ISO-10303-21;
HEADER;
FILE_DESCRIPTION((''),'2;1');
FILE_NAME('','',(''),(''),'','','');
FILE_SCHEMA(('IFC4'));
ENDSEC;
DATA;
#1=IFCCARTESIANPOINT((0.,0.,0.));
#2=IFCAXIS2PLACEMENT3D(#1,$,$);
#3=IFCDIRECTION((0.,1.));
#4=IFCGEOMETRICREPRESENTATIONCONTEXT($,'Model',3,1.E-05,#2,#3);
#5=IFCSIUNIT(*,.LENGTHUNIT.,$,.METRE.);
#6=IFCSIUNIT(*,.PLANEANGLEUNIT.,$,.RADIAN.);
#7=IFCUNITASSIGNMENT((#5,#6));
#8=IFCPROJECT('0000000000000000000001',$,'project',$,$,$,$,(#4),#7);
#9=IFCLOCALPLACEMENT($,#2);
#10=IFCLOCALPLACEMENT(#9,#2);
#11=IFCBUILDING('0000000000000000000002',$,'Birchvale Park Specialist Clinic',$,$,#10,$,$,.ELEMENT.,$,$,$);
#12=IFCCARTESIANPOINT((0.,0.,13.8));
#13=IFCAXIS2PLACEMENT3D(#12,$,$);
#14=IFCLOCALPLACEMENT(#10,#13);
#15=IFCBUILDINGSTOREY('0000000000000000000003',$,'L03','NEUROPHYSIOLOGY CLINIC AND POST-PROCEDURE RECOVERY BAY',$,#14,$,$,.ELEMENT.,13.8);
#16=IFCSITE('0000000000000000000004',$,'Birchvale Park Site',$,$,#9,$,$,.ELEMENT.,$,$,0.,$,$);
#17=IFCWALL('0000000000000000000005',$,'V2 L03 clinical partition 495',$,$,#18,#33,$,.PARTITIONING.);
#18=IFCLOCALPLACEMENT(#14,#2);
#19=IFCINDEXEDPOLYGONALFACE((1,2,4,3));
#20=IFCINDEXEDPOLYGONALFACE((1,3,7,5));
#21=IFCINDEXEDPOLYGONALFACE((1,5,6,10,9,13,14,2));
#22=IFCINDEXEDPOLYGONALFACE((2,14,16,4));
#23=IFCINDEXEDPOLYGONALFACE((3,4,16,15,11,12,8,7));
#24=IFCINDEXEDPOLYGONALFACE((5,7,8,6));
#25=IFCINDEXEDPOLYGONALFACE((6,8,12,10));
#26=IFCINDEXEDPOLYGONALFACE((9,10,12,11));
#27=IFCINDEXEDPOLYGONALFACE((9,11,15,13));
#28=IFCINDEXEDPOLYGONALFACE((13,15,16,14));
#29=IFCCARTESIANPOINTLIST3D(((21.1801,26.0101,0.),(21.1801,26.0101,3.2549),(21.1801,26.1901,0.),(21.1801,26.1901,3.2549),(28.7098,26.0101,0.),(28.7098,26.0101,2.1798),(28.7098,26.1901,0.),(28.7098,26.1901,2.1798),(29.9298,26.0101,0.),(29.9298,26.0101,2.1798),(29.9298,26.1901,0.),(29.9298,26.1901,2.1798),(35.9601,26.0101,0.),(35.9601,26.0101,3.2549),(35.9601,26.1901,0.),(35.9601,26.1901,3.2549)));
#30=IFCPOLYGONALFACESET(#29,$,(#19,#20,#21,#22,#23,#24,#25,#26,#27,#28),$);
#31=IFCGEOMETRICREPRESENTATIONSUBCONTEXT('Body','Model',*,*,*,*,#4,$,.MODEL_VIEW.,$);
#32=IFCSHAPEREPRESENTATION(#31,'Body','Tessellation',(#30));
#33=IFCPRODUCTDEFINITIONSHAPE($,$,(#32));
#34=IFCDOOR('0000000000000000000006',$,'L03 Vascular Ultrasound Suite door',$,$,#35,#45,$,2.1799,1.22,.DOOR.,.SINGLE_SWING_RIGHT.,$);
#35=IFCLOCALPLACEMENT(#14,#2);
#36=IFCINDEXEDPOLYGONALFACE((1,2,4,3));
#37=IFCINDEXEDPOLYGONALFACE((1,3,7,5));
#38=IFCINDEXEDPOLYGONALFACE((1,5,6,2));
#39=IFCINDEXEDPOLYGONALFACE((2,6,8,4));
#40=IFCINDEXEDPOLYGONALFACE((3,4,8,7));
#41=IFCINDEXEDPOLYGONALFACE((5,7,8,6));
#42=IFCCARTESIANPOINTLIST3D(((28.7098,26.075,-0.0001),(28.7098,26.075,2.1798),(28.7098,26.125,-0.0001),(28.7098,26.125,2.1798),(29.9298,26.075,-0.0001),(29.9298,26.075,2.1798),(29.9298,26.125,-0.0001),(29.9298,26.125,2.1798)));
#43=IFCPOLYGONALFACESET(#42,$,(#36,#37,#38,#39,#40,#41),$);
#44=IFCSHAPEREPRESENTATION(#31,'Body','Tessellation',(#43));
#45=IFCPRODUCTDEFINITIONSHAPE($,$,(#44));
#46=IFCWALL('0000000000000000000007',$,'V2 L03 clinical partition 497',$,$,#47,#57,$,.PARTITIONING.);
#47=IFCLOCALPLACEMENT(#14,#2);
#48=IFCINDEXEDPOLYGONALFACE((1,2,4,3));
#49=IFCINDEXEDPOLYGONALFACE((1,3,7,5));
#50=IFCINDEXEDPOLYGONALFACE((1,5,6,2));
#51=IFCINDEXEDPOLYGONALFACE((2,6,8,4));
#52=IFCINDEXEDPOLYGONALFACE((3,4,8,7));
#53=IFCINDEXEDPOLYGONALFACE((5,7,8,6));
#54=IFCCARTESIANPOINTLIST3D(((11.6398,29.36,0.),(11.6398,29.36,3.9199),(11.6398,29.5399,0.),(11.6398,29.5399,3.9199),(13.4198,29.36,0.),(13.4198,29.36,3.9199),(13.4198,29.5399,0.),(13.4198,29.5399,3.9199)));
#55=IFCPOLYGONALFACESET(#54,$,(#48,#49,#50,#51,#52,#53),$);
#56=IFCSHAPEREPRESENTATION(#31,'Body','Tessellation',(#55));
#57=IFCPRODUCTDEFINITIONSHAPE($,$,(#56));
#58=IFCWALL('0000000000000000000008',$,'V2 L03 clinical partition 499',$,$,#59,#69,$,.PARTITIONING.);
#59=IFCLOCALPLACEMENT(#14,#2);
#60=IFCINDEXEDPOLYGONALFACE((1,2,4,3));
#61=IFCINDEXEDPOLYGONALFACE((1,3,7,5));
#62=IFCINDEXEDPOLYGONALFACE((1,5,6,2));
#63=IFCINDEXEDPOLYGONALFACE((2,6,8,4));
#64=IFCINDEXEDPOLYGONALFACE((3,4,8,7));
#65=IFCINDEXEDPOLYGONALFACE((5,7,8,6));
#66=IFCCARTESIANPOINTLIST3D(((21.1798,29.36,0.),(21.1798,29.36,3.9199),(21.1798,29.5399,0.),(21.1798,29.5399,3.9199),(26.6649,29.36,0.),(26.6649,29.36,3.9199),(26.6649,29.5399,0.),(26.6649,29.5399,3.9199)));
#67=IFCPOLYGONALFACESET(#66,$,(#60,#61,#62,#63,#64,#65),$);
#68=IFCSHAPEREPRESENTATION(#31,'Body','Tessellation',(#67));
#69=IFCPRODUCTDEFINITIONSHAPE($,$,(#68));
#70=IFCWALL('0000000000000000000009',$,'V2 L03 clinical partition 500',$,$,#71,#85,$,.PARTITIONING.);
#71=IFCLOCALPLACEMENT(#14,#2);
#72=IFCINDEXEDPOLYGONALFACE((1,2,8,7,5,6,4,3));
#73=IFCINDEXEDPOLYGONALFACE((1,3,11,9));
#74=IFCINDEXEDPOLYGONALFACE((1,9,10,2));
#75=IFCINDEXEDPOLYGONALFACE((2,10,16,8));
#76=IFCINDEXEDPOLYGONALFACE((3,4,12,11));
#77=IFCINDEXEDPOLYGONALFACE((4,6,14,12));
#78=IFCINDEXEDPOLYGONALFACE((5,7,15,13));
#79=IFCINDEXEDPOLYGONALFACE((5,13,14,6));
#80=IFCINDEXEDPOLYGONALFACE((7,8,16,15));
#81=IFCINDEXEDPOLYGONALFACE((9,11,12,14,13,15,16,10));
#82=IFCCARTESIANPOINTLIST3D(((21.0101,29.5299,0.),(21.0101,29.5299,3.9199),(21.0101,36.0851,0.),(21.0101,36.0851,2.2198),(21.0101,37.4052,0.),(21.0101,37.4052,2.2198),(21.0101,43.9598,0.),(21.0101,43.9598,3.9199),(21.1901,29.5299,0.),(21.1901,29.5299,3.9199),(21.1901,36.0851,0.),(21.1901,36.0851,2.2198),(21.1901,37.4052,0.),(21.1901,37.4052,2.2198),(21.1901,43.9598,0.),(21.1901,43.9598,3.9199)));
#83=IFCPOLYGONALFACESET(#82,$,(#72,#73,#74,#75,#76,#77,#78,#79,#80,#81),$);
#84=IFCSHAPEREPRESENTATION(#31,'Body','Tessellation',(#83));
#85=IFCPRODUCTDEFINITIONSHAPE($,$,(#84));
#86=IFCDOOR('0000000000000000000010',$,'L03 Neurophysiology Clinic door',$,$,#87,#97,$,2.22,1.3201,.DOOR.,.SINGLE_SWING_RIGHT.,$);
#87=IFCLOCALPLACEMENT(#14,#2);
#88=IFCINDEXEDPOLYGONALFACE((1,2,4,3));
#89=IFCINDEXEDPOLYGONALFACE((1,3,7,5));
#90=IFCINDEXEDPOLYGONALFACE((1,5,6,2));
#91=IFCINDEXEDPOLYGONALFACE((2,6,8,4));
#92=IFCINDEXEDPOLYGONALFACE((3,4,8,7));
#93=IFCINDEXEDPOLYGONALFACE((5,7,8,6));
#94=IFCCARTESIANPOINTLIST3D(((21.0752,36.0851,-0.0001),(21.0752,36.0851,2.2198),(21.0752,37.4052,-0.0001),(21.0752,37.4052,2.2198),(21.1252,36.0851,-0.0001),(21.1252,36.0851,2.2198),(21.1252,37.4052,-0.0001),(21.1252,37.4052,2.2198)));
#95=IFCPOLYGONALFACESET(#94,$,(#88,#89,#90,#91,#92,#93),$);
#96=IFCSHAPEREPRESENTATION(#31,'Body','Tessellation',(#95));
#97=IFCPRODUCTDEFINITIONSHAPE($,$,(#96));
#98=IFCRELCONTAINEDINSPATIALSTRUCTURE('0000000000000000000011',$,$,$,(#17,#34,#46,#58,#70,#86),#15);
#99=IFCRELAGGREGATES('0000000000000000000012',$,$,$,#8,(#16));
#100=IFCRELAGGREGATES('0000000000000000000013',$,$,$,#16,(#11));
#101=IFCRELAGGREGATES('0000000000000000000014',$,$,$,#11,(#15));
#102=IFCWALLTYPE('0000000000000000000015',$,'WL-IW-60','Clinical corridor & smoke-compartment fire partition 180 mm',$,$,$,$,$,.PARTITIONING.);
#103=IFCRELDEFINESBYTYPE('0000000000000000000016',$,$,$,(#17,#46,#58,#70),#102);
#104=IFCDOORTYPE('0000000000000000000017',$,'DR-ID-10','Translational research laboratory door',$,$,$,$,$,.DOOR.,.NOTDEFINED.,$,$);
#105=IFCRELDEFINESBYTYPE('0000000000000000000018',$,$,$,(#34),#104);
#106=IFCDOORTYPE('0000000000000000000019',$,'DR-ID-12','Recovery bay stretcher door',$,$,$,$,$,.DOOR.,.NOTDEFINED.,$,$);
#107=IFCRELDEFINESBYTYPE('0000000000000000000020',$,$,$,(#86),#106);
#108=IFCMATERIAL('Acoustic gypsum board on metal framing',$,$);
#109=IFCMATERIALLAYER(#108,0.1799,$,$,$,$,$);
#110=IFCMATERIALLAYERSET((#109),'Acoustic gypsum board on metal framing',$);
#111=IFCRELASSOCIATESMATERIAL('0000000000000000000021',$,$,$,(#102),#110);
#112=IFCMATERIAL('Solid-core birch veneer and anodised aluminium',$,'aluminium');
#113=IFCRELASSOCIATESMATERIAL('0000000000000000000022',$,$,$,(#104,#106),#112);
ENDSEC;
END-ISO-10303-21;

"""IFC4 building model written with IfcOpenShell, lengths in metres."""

from ifc_helpers import new_model, si_unit, direction, frame, frame_2d, origin, place, context, subcontext, project, spatial, rectangle, extrude, material, layer, layer_set, type_object, element, fill, save


model = new_model("IFC4")

# Units and contexts
model_context = context("Model", 3, precision=1e-05, world=origin(), true_north=direction((0.0, 1.0)))
body_context = subcontext(model_context, "Body", "Model", "MODEL_VIEW")
ifc_project = project(units=[si_unit("LENGTHUNIT", "METRE"), si_unit("PLANEANGLEUNIT", "RADIAN")], contexts=[model_context])

# Site, building, storey
site_placement = place(None, origin())
site = spatial("IfcSite", under=ifc_project, at=site_placement, Name="Birchvale Park Site", CompositionType="ELEMENT", RefElevation=0.0)
building_placement = place(site_placement, origin())
building = spatial("IfcBuilding", under=site, at=building_placement, Name="Birchvale Park Specialist Clinic", CompositionType="ELEMENT")
storey_placement = place(building_placement, frame((0.0, 0.0, 13.8)))
storey = spatial("IfcBuildingStorey", under=building, at=storey_placement, Name="L03", Description="NEUROPHYSIOLOGY CLINIC AND POST-PROCEDURE RECOVERY BAY", CompositionType="ELEMENT", Elevation=13.8)

# Shared definitions
ifc_material_1 = material(Name="Solid-core birch veneer and anodised aluminium", Category="aluminium")

# Shared definitions
ifc_material_2 = material(Name="Acoustic gypsum board on metal framing")
ifc_layer_1 = layer(ifc_material_2, 0.1799)
ifc_layer_set_1 = layer_set([ifc_layer_1], Name="Acoustic gypsum board on metal framing")
wall_type_1 = type_object("IfcWallType", Name="WL-IW-60", Description="Clinical corridor & smoke-compartment fire partition 180 mm", PredefinedType="PARTITIONING", material=ifc_layer_set_1)

# Wall, opening, door
wall_1_placement = place(storey_placement, frame((21.1799, 26.1001, 0.0), z_axis=(0.0, 0.0, 1.0), x_axis=(1.0, 0.0, 0.0)))
wall_1 = element("IfcWall", 1, at=wall_1_placement, inside=storey, type_object=wall_type_1, Name="V2 L03 clinical partition 495", PredefinedType="PARTITIONING", context=body_context, shape_type="SweptSolid", body=[
    extrude(rectangle(XDim=14.78, YDim=0.1799, at=frame_2d((7.3901, 0.0))), origin(), (0.0, 0.0, 1.0), 3.2549),
])
opening_1_placement = place(wall_1_placement, frame((7.53, 0.0, 0.0)))
opening_1 = element("IfcOpeningElement", 2, at=opening_1_placement, cuts=wall_1, PredefinedType="OPENING", context=body_context, shape_type="SweptSolid", body=[
    extrude(rectangle(XDim=1.22, YDim=2.1799, at=frame_2d((0.6099, 1.0898))), frame((0.0, 0.1001, 0.0), z_axis=(0.0, -1.0, 0.0), x_axis=(1.0, 0.0, 0.0)), (0.0, 0.0, 1.0), 0.2),
])
door_type_1 = type_object("IfcDoorType", Name="DR-ID-10", Description="Translational research laboratory door", OperationType="NOTDEFINED", PredefinedType="DOOR", material=ifc_material_1)
door_1_placement = place(opening_1_placement, origin())
door_1 = element("IfcDoor", 3, at=door_1_placement, inside=storey, type_object=door_type_1, Name="L03 Vascular Ultrasound Suite door", OperationType="SINGLE_SWING_RIGHT", OverallHeight=2.1799, OverallWidth=1.22, PredefinedType="DOOR", context=body_context, shape_type="SweptSolid", body=[
    extrude(rectangle(XDim=1.22, YDim=2.1799, at=frame_2d((0.6099, 1.0898))), frame((0.0, 0.0249, 0.0), z_axis=(0.0, -1.0, 0.0), x_axis=(1.0, 0.0, 0.0)), (0.0, 0.0, 1.0), 0.05),
])
fill(opening_1, door_1)

# Walls
wall_2_placement = place(storey_placement, frame((13.4199, 29.45, 0.0), z_axis=(0.0, 0.0, 1.0), x_axis=(-1.0, 0.0, 0.0)))
element("IfcWall", 4, at=wall_2_placement, inside=storey, type_object=wall_type_1, Name="V2 L03 clinical partition 497", PredefinedType="PARTITIONING", context=body_context, shape_type="SweptSolid", body=[
    extrude(rectangle(XDim=1.78, YDim=0.1799, at=frame_2d((0.8901, 0.0))), origin(), (0.0, 0.0, 1.0), 3.9199),
])
wall_3_placement = place(storey_placement, frame((26.665, 29.45, 0.0), z_axis=(0.0, 0.0, 1.0), x_axis=(-1.0, 0.0, 0.0)))
element("IfcWall", 5, at=wall_3_placement, inside=storey, type_object=wall_type_1, Name="V2 L03 clinical partition 499", PredefinedType="PARTITIONING", context=body_context, shape_type="SweptSolid", body=[
    extrude(rectangle(XDim=5.4851, YDim=0.1799, at=frame_2d((2.7427, 0.0))), origin(), (0.0, 0.0, 1.0), 3.9199),
])

# Wall, opening, door
wall_4_placement = place(storey_placement, frame((21.1001, 29.53, 0.0), z_axis=(0.0, 0.0, 1.0), x_axis=(0.0, 1.0, 0.0)))
wall_4 = element("IfcWall", 6, at=wall_4_placement, inside=storey, type_object=wall_type_1, Name="V2 L03 clinical partition 500", PredefinedType="PARTITIONING", context=body_context, shape_type="SweptSolid", body=[
    extrude(rectangle(XDim=14.4299, YDim=0.1799, at=frame_2d((7.2148, 0.0))), origin(), (0.0, 0.0, 1.0), 3.9199),
])
opening_2_placement = place(wall_4_placement, frame((6.5549, 0.0, 0.0)))
opening_2 = element("IfcOpeningElement", 7, at=opening_2_placement, cuts=wall_4, PredefinedType="OPENING", context=body_context, shape_type="SweptSolid", body=[
    extrude(rectangle(XDim=1.3201, YDim=2.22, at=frame_2d((0.6602, 1.1099))), frame((0.0, 0.1001, 0.0), z_axis=(0.0, -1.0, 0.0), x_axis=(1.0, 0.0, 0.0)), (0.0, 0.0, 1.0), 0.2),
])
door_type_2 = type_object("IfcDoorType", Name="DR-ID-12", Description="Recovery bay stretcher door", OperationType="NOTDEFINED", PredefinedType="DOOR", material=ifc_material_1)
door_2_placement = place(opening_2_placement, origin())
door_2 = element("IfcDoor", 8, at=door_2_placement, inside=storey, type_object=door_type_2, Name="L03 Neurophysiology Clinic door", OperationType="SINGLE_SWING_RIGHT", OverallHeight=2.22, OverallWidth=1.3201, PredefinedType="DOOR", context=body_context, shape_type="SweptSolid", body=[
    extrude(rectangle(XDim=1.3201, YDim=2.22, at=frame_2d((0.6602, 1.1099))), frame((0.0, 0.0249, 0.0), z_axis=(0.0, -1.0, 0.0), x_axis=(1.0, 0.0, 0.0)), (0.0, 0.0, 1.0), 0.05),
])
fill(opening_2, door_2)

save(model, "model.ifc")
